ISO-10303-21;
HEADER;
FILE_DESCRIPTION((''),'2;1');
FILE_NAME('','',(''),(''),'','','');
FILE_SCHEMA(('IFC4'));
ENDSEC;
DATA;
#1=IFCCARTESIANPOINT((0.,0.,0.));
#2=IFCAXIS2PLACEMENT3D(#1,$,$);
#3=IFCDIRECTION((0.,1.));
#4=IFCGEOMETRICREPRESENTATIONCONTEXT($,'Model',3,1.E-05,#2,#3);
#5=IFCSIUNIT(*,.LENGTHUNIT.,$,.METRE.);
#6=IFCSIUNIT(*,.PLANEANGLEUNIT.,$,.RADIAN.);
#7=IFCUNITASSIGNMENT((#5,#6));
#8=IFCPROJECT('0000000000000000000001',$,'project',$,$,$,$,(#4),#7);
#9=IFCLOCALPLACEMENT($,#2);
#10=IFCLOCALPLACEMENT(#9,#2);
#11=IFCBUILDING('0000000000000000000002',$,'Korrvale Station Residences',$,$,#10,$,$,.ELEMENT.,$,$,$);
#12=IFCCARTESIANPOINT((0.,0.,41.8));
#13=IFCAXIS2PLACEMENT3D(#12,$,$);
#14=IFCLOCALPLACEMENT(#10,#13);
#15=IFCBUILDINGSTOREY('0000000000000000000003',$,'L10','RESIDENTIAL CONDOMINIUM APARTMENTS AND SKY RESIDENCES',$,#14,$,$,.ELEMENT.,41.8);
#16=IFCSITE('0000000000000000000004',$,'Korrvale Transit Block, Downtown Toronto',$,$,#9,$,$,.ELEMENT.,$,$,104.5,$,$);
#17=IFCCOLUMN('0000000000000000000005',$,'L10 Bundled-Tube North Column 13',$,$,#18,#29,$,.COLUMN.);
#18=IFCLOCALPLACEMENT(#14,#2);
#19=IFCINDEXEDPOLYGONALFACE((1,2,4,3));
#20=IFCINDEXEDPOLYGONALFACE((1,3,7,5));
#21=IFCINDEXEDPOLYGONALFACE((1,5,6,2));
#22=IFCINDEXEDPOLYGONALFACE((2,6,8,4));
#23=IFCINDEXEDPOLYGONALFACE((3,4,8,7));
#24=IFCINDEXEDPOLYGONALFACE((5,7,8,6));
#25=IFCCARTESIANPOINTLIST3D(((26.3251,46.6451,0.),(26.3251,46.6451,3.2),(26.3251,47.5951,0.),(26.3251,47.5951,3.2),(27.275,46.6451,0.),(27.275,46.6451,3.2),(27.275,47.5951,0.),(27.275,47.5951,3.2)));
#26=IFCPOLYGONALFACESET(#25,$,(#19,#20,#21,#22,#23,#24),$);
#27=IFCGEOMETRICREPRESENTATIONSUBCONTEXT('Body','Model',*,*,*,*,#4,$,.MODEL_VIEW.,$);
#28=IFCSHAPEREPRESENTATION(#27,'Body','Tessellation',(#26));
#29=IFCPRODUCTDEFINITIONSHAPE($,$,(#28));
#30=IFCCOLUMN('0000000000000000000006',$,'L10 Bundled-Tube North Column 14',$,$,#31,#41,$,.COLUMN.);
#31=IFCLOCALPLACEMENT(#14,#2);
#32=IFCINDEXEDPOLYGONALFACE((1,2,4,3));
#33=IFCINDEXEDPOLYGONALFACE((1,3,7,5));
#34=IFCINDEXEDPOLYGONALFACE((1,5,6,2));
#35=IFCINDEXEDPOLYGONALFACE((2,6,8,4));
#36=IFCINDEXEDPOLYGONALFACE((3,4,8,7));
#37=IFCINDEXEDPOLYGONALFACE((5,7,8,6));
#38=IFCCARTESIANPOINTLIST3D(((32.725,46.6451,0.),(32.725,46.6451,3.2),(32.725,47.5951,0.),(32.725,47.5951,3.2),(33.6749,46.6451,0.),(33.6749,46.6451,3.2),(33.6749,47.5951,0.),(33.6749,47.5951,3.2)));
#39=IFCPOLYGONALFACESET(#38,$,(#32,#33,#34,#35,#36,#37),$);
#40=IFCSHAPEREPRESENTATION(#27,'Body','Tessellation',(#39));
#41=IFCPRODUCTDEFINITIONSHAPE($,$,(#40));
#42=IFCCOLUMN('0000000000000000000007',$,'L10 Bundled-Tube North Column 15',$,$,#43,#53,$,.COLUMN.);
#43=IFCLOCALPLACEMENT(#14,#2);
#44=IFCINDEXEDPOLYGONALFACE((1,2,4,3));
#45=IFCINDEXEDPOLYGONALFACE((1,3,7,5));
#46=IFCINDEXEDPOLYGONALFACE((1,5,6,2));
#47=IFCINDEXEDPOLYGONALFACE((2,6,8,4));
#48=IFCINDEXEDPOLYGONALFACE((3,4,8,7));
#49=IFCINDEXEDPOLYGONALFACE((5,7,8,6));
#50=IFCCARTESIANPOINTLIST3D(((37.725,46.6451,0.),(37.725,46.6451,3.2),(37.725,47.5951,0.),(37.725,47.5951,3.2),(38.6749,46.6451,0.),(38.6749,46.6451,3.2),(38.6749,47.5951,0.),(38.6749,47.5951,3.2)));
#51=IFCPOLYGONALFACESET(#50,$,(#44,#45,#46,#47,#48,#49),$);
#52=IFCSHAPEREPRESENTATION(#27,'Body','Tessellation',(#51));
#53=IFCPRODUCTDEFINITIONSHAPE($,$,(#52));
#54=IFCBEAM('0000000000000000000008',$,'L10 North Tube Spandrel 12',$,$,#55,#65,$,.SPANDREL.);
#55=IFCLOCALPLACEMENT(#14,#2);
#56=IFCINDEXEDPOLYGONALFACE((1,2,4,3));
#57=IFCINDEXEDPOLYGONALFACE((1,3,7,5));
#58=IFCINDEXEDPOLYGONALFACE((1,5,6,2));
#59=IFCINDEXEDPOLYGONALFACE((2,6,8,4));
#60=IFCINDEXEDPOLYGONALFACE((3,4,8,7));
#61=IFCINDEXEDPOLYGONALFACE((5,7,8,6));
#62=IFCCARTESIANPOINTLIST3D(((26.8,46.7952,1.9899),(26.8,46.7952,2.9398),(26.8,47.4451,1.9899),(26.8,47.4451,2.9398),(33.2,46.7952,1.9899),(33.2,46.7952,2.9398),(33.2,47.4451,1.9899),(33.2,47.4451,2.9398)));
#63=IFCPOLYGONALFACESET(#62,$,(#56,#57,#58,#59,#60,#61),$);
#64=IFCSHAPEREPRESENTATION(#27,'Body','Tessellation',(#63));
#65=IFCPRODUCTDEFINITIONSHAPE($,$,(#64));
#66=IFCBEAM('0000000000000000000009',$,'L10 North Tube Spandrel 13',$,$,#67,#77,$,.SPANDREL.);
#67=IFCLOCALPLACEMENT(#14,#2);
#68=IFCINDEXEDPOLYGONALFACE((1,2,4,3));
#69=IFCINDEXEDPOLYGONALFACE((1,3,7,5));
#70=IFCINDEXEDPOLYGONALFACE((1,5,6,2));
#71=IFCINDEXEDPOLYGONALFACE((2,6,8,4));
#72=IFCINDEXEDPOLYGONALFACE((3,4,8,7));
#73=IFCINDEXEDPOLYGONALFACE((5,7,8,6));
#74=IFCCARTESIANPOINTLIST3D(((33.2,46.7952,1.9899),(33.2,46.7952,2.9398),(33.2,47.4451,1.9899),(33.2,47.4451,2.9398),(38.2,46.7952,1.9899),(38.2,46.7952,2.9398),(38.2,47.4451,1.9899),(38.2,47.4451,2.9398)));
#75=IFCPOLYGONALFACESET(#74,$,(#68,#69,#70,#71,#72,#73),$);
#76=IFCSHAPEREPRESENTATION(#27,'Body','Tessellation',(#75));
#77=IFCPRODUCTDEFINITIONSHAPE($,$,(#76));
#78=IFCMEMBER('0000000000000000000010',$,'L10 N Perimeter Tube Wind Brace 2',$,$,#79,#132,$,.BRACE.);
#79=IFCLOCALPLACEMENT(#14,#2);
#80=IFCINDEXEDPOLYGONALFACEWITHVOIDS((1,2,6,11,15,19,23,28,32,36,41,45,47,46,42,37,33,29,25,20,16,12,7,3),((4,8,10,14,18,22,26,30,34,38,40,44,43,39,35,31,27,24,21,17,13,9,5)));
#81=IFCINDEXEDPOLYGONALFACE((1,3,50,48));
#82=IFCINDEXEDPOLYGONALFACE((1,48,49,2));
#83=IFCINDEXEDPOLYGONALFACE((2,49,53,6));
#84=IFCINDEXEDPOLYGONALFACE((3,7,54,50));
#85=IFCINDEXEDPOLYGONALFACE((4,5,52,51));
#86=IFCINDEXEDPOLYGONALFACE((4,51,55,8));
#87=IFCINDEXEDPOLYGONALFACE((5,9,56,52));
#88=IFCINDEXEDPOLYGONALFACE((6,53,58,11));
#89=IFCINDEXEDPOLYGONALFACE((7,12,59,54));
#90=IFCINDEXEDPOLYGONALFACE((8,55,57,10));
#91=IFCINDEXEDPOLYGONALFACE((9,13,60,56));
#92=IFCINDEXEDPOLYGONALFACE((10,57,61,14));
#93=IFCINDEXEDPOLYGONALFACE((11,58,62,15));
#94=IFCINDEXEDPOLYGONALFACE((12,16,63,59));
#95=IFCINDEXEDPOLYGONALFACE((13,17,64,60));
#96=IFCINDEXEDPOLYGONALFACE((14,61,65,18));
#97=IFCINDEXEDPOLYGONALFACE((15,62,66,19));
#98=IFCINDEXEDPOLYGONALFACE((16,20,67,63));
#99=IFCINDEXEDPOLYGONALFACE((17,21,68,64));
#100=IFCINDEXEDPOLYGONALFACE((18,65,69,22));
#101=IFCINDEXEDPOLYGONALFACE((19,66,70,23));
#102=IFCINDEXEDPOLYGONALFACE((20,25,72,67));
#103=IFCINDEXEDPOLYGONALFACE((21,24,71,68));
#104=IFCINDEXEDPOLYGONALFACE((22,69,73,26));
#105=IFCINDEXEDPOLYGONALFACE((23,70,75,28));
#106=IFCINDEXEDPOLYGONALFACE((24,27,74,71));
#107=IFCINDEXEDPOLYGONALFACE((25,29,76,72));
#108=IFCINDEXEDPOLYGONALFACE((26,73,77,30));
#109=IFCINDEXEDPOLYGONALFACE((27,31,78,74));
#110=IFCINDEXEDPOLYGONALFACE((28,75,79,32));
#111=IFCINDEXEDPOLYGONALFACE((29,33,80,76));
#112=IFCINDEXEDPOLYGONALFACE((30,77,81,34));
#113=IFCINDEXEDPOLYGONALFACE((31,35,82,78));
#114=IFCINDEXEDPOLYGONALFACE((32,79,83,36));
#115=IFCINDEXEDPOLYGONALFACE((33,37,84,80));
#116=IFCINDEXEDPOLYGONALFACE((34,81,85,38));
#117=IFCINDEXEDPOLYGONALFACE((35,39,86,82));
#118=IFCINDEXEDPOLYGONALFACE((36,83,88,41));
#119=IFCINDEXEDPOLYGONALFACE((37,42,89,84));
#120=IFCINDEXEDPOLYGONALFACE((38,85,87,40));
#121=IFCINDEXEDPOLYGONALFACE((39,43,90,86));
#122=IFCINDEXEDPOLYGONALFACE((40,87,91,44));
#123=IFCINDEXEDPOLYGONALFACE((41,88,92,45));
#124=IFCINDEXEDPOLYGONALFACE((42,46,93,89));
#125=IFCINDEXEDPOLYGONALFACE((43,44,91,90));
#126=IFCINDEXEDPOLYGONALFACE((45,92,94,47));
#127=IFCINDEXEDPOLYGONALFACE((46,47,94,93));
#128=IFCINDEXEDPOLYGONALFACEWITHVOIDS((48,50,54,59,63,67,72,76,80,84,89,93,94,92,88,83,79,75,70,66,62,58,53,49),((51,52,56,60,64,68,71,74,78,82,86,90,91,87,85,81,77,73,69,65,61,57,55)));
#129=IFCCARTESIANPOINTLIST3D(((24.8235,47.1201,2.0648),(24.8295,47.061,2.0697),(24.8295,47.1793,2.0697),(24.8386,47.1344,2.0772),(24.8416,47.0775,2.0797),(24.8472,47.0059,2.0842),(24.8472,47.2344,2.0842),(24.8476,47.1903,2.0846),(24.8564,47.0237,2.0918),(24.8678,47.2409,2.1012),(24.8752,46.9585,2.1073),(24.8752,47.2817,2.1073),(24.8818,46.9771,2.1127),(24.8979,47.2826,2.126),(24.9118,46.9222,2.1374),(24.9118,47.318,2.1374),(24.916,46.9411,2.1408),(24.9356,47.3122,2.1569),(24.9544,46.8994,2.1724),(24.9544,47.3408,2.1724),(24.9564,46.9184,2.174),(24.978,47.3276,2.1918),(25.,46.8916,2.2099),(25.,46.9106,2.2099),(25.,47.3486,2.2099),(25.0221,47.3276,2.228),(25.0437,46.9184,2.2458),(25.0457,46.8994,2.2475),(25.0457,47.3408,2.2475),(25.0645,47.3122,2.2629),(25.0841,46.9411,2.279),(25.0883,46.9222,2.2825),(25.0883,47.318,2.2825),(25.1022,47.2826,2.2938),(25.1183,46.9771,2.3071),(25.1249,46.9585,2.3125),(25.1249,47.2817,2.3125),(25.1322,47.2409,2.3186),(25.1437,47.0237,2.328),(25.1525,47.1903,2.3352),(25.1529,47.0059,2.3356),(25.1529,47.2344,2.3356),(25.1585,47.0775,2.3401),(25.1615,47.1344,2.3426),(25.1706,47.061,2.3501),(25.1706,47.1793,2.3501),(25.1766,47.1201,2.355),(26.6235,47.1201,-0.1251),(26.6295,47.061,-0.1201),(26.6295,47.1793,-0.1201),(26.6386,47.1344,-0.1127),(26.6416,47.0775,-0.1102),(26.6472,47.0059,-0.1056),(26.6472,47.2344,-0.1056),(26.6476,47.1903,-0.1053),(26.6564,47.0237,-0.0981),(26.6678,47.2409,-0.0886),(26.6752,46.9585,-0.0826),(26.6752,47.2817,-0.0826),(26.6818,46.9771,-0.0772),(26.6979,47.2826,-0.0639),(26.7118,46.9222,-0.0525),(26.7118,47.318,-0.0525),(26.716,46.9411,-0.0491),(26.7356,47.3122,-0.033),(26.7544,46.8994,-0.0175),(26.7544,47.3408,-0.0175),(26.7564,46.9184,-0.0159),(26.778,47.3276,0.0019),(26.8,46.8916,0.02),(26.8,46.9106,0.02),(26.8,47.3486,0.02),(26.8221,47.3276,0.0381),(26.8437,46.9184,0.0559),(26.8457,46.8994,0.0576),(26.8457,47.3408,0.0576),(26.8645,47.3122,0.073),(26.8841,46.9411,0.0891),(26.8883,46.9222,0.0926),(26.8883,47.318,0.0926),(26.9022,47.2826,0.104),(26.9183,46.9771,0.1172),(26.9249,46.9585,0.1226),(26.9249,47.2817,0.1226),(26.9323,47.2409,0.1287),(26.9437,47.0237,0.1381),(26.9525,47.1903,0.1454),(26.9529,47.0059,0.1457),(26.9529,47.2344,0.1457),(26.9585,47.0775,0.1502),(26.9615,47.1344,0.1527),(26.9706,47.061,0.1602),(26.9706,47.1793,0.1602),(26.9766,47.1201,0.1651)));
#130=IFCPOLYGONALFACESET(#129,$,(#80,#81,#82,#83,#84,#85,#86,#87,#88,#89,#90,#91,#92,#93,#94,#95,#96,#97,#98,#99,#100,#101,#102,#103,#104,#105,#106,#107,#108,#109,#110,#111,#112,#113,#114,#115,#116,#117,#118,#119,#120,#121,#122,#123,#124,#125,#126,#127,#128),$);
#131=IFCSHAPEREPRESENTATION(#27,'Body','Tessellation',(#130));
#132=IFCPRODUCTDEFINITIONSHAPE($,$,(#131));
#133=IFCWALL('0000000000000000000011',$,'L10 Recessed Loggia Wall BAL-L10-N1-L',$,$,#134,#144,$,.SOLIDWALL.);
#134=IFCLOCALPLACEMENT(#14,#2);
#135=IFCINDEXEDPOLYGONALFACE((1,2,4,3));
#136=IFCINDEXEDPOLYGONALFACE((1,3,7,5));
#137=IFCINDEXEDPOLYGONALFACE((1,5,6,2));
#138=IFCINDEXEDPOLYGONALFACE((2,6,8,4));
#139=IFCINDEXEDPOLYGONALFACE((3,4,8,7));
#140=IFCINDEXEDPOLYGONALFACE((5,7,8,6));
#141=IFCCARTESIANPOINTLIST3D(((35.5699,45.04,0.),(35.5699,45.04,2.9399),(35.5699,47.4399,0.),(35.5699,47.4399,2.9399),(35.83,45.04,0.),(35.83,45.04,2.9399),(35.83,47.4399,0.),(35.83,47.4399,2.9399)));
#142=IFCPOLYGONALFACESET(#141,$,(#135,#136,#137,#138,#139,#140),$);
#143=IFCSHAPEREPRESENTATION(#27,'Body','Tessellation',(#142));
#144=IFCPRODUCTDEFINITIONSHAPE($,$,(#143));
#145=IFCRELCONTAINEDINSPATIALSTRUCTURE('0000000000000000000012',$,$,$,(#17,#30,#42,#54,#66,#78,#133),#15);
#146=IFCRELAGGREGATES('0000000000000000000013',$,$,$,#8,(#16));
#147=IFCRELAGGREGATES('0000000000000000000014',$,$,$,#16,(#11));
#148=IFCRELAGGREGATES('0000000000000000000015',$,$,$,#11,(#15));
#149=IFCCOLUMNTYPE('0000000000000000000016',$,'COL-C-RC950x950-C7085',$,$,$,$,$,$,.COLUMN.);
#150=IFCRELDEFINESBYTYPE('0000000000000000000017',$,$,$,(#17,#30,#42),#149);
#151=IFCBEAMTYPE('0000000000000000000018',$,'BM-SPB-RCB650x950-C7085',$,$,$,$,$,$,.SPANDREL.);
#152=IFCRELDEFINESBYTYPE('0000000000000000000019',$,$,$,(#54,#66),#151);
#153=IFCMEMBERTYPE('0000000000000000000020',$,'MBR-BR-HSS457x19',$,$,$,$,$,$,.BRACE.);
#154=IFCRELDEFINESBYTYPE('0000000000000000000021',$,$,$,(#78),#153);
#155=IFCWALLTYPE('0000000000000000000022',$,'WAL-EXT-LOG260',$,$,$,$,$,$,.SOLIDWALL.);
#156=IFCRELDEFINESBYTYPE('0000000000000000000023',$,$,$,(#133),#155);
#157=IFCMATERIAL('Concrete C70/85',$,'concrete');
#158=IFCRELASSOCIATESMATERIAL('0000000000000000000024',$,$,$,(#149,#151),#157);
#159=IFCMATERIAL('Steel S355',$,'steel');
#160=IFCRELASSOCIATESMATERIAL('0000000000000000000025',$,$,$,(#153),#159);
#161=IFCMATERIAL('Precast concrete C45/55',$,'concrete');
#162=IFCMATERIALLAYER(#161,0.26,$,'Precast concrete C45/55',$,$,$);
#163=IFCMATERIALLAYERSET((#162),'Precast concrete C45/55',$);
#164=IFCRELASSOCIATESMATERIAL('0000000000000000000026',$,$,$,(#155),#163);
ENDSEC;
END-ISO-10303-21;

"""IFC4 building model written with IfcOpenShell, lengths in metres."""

from ifc_helpers import new_model, si_unit, direction, frame, frame_2d, origin, origin_2d, place, context, subcontext, project, spatial, rectangle, hollow_circle, extrude, material, layer, layer_set, material_profile, profile_set, type_object, element, save


model = new_model("IFC4")

# Units and contexts
model_context = context("Model", 3, precision=1e-05, world=origin(), true_north=direction((0.0, 1.0)))
body_context = subcontext(model_context, "Body", "Model", "MODEL_VIEW")
ifc_project = project(units=[si_unit("LENGTHUNIT", "METRE"), si_unit("PLANEANGLEUNIT", "RADIAN")], contexts=[model_context])

# Site, building, storey
site_placement = place(None, origin())
site = spatial("IfcSite", under=ifc_project, at=site_placement, Name="Korrvale Transit Block, Downtown Toronto", CompositionType="ELEMENT", RefElevation=104.5)
building_placement = place(site_placement, origin())
building = spatial("IfcBuilding", under=site, at=building_placement, Name="Korrvale Station Residences", CompositionType="ELEMENT")
storey_placement = place(building_placement, frame((0.0, 0.0, 41.8)))
storey = spatial("IfcBuildingStorey", under=building, at=storey_placement, Name="L10", Description="RESIDENTIAL CONDOMINIUM APARTMENTS AND SKY RESIDENCES", CompositionType="ELEMENT", Elevation=41.8)

# Columns
ifc_material_1 = material(Name="Concrete C70/85", Category="concrete")
ifc_material_profile_1 = material_profile(ifc_material_1, rectangle(XDim=0.95, YDim=0.95, at=origin_2d()), Name="RC950x950")
ifc_profile_set_1 = profile_set([ifc_material_profile_1], Name="Concrete C70/85")
column_type = type_object("IfcColumnType", Name="COL-C-RC950x950-C7085", PredefinedType="COLUMN", material=ifc_profile_set_1)
for number, where, z_axis, x_axis, name in (
    (1, (26.8, 47.1201, 0.0), (0.0, 0.0, 1.0), (1.0, 0.0, 0.0), "L10 Bundled-Tube North Column 13"),
    (2, (33.2, 47.1201, 0.0), (0.0, 0.0, 1.0), (1.0, 0.0, 0.0), "L10 Bundled-Tube North Column 14"),
    (3, (38.2, 47.1201, 0.0), (0.0, 0.0, 1.0), (1.0, 0.0, 0.0), "L10 Bundled-Tube North Column 15"),
):
    element("IfcColumn", number, at=place(storey_placement, frame(where, z_axis=z_axis, x_axis=x_axis)), inside=storey, type_object=column_type, Name=name, PredefinedType="COLUMN", context=body_context, shape_type="SweptSolid", body=[
        extrude(rectangle(XDim=0.95, YDim=0.95, at=origin_2d()), origin(), (0.0, 0.0, 1.0), 3.2),
    ])

# Beams
ifc_material_profile_2 = material_profile(ifc_material_1, rectangle(XDim=0.6499, YDim=0.95, at=origin_2d()), Name="RCB650x950")
ifc_profile_set_2 = profile_set([ifc_material_profile_2], Name="Concrete C70/85")
beam_type = type_object("IfcBeamType", Name="BM-SPB-RCB650x950-C7085", PredefinedType="SPANDREL", material=ifc_profile_set_2)
beam_1_placement = place(storey_placement, frame((26.8, 47.1201, 2.4648), z_axis=(1.0, 0.0, 0.0), x_axis=(0.0, 1.0, 0.0)))
element("IfcBeam", 4, at=beam_1_placement, inside=storey, type_object=beam_type, Name="L10 North Tube Spandrel 12", PredefinedType="SPANDREL", context=body_context, shape_type="SweptSolid", body=[
    extrude(rectangle(XDim=0.6499, YDim=0.95, at=origin_2d()), origin(), (0.0, 0.0, 1.0), 6.3999),
])
beam_2_placement = place(storey_placement, frame((33.2, 47.1201, 2.4648), z_axis=(1.0, 0.0, 0.0), x_axis=(0.0, 1.0, 0.0)))
element("IfcBeam", 5, at=beam_2_placement, inside=storey, type_object=beam_type, Name="L10 North Tube Spandrel 13", PredefinedType="SPANDREL", context=body_context, shape_type="SweptSolid", body=[
    extrude(rectangle(XDim=0.6499, YDim=0.95, at=origin_2d()), origin(), (0.0, 0.0, 1.0), 5.0),
])

# Member
ifc_material_2 = material(Name="Steel S355", Category="steel")
ifc_material_profile_3 = material_profile(ifc_material_2, hollow_circle(Radius=0.2285, WallThickness=0.019, at=origin_2d()), Name="HSS457x19")
ifc_profile_set_3 = profile_set([ifc_material_profile_3], Name="Steel S355")
member_type = type_object("IfcMemberType", Name="MBR-BR-HSS457x19", PredefinedType="BRACE", material=ifc_profile_set_3)
member_placement = place(storey_placement, frame((26.8, 47.1201, 0.02), z_axis=(-0.634985, 0.0, 0.772524), x_axis=(0.0, -1.0, 0.0)))
element("IfcMember", 6, at=member_placement, inside=storey, type_object=member_type, Name="L10 N Perimeter Tube Wind Brace 2", PredefinedType="BRACE", context=body_context, shape_type="SweptSolid", body=[
    extrude(hollow_circle(Radius=0.2285, WallThickness=0.019, at=origin_2d()), origin(), (0.0, 0.0, 1.0), 2.8347),
])

# Wall
ifc_material_3 = material(Name="Precast concrete C45/55", Category="concrete")
ifc_layer_1 = layer(ifc_material_3, 0.26, Name="Precast concrete C45/55")
ifc_layer_set_1 = layer_set([ifc_layer_1], Name="Precast concrete C45/55")
wall_type = type_object("IfcWallType", Name="WAL-EXT-LOG260", PredefinedType="SOLIDWALL", material=ifc_layer_set_1)
wall_1_placement = place(storey_placement, frame((35.7, 47.4399, 0.0), z_axis=(0.0, 0.0, 1.0), x_axis=(0.0, -1.0, 0.0)))
element("IfcWall", 7, at=wall_1_placement, inside=storey, type_object=wall_type, Name="L10 Recessed Loggia Wall BAL-L10-N1-L", PredefinedType="SOLIDWALL", context=body_context, shape_type="SweptSolid", body=[
    extrude(rectangle(XDim=2.3999, YDim=0.26, at=frame_2d((1.2, 0.0))), origin(), (0.0, 0.0, 1.0), 2.9399),
])

save(model, "model.ifc")
